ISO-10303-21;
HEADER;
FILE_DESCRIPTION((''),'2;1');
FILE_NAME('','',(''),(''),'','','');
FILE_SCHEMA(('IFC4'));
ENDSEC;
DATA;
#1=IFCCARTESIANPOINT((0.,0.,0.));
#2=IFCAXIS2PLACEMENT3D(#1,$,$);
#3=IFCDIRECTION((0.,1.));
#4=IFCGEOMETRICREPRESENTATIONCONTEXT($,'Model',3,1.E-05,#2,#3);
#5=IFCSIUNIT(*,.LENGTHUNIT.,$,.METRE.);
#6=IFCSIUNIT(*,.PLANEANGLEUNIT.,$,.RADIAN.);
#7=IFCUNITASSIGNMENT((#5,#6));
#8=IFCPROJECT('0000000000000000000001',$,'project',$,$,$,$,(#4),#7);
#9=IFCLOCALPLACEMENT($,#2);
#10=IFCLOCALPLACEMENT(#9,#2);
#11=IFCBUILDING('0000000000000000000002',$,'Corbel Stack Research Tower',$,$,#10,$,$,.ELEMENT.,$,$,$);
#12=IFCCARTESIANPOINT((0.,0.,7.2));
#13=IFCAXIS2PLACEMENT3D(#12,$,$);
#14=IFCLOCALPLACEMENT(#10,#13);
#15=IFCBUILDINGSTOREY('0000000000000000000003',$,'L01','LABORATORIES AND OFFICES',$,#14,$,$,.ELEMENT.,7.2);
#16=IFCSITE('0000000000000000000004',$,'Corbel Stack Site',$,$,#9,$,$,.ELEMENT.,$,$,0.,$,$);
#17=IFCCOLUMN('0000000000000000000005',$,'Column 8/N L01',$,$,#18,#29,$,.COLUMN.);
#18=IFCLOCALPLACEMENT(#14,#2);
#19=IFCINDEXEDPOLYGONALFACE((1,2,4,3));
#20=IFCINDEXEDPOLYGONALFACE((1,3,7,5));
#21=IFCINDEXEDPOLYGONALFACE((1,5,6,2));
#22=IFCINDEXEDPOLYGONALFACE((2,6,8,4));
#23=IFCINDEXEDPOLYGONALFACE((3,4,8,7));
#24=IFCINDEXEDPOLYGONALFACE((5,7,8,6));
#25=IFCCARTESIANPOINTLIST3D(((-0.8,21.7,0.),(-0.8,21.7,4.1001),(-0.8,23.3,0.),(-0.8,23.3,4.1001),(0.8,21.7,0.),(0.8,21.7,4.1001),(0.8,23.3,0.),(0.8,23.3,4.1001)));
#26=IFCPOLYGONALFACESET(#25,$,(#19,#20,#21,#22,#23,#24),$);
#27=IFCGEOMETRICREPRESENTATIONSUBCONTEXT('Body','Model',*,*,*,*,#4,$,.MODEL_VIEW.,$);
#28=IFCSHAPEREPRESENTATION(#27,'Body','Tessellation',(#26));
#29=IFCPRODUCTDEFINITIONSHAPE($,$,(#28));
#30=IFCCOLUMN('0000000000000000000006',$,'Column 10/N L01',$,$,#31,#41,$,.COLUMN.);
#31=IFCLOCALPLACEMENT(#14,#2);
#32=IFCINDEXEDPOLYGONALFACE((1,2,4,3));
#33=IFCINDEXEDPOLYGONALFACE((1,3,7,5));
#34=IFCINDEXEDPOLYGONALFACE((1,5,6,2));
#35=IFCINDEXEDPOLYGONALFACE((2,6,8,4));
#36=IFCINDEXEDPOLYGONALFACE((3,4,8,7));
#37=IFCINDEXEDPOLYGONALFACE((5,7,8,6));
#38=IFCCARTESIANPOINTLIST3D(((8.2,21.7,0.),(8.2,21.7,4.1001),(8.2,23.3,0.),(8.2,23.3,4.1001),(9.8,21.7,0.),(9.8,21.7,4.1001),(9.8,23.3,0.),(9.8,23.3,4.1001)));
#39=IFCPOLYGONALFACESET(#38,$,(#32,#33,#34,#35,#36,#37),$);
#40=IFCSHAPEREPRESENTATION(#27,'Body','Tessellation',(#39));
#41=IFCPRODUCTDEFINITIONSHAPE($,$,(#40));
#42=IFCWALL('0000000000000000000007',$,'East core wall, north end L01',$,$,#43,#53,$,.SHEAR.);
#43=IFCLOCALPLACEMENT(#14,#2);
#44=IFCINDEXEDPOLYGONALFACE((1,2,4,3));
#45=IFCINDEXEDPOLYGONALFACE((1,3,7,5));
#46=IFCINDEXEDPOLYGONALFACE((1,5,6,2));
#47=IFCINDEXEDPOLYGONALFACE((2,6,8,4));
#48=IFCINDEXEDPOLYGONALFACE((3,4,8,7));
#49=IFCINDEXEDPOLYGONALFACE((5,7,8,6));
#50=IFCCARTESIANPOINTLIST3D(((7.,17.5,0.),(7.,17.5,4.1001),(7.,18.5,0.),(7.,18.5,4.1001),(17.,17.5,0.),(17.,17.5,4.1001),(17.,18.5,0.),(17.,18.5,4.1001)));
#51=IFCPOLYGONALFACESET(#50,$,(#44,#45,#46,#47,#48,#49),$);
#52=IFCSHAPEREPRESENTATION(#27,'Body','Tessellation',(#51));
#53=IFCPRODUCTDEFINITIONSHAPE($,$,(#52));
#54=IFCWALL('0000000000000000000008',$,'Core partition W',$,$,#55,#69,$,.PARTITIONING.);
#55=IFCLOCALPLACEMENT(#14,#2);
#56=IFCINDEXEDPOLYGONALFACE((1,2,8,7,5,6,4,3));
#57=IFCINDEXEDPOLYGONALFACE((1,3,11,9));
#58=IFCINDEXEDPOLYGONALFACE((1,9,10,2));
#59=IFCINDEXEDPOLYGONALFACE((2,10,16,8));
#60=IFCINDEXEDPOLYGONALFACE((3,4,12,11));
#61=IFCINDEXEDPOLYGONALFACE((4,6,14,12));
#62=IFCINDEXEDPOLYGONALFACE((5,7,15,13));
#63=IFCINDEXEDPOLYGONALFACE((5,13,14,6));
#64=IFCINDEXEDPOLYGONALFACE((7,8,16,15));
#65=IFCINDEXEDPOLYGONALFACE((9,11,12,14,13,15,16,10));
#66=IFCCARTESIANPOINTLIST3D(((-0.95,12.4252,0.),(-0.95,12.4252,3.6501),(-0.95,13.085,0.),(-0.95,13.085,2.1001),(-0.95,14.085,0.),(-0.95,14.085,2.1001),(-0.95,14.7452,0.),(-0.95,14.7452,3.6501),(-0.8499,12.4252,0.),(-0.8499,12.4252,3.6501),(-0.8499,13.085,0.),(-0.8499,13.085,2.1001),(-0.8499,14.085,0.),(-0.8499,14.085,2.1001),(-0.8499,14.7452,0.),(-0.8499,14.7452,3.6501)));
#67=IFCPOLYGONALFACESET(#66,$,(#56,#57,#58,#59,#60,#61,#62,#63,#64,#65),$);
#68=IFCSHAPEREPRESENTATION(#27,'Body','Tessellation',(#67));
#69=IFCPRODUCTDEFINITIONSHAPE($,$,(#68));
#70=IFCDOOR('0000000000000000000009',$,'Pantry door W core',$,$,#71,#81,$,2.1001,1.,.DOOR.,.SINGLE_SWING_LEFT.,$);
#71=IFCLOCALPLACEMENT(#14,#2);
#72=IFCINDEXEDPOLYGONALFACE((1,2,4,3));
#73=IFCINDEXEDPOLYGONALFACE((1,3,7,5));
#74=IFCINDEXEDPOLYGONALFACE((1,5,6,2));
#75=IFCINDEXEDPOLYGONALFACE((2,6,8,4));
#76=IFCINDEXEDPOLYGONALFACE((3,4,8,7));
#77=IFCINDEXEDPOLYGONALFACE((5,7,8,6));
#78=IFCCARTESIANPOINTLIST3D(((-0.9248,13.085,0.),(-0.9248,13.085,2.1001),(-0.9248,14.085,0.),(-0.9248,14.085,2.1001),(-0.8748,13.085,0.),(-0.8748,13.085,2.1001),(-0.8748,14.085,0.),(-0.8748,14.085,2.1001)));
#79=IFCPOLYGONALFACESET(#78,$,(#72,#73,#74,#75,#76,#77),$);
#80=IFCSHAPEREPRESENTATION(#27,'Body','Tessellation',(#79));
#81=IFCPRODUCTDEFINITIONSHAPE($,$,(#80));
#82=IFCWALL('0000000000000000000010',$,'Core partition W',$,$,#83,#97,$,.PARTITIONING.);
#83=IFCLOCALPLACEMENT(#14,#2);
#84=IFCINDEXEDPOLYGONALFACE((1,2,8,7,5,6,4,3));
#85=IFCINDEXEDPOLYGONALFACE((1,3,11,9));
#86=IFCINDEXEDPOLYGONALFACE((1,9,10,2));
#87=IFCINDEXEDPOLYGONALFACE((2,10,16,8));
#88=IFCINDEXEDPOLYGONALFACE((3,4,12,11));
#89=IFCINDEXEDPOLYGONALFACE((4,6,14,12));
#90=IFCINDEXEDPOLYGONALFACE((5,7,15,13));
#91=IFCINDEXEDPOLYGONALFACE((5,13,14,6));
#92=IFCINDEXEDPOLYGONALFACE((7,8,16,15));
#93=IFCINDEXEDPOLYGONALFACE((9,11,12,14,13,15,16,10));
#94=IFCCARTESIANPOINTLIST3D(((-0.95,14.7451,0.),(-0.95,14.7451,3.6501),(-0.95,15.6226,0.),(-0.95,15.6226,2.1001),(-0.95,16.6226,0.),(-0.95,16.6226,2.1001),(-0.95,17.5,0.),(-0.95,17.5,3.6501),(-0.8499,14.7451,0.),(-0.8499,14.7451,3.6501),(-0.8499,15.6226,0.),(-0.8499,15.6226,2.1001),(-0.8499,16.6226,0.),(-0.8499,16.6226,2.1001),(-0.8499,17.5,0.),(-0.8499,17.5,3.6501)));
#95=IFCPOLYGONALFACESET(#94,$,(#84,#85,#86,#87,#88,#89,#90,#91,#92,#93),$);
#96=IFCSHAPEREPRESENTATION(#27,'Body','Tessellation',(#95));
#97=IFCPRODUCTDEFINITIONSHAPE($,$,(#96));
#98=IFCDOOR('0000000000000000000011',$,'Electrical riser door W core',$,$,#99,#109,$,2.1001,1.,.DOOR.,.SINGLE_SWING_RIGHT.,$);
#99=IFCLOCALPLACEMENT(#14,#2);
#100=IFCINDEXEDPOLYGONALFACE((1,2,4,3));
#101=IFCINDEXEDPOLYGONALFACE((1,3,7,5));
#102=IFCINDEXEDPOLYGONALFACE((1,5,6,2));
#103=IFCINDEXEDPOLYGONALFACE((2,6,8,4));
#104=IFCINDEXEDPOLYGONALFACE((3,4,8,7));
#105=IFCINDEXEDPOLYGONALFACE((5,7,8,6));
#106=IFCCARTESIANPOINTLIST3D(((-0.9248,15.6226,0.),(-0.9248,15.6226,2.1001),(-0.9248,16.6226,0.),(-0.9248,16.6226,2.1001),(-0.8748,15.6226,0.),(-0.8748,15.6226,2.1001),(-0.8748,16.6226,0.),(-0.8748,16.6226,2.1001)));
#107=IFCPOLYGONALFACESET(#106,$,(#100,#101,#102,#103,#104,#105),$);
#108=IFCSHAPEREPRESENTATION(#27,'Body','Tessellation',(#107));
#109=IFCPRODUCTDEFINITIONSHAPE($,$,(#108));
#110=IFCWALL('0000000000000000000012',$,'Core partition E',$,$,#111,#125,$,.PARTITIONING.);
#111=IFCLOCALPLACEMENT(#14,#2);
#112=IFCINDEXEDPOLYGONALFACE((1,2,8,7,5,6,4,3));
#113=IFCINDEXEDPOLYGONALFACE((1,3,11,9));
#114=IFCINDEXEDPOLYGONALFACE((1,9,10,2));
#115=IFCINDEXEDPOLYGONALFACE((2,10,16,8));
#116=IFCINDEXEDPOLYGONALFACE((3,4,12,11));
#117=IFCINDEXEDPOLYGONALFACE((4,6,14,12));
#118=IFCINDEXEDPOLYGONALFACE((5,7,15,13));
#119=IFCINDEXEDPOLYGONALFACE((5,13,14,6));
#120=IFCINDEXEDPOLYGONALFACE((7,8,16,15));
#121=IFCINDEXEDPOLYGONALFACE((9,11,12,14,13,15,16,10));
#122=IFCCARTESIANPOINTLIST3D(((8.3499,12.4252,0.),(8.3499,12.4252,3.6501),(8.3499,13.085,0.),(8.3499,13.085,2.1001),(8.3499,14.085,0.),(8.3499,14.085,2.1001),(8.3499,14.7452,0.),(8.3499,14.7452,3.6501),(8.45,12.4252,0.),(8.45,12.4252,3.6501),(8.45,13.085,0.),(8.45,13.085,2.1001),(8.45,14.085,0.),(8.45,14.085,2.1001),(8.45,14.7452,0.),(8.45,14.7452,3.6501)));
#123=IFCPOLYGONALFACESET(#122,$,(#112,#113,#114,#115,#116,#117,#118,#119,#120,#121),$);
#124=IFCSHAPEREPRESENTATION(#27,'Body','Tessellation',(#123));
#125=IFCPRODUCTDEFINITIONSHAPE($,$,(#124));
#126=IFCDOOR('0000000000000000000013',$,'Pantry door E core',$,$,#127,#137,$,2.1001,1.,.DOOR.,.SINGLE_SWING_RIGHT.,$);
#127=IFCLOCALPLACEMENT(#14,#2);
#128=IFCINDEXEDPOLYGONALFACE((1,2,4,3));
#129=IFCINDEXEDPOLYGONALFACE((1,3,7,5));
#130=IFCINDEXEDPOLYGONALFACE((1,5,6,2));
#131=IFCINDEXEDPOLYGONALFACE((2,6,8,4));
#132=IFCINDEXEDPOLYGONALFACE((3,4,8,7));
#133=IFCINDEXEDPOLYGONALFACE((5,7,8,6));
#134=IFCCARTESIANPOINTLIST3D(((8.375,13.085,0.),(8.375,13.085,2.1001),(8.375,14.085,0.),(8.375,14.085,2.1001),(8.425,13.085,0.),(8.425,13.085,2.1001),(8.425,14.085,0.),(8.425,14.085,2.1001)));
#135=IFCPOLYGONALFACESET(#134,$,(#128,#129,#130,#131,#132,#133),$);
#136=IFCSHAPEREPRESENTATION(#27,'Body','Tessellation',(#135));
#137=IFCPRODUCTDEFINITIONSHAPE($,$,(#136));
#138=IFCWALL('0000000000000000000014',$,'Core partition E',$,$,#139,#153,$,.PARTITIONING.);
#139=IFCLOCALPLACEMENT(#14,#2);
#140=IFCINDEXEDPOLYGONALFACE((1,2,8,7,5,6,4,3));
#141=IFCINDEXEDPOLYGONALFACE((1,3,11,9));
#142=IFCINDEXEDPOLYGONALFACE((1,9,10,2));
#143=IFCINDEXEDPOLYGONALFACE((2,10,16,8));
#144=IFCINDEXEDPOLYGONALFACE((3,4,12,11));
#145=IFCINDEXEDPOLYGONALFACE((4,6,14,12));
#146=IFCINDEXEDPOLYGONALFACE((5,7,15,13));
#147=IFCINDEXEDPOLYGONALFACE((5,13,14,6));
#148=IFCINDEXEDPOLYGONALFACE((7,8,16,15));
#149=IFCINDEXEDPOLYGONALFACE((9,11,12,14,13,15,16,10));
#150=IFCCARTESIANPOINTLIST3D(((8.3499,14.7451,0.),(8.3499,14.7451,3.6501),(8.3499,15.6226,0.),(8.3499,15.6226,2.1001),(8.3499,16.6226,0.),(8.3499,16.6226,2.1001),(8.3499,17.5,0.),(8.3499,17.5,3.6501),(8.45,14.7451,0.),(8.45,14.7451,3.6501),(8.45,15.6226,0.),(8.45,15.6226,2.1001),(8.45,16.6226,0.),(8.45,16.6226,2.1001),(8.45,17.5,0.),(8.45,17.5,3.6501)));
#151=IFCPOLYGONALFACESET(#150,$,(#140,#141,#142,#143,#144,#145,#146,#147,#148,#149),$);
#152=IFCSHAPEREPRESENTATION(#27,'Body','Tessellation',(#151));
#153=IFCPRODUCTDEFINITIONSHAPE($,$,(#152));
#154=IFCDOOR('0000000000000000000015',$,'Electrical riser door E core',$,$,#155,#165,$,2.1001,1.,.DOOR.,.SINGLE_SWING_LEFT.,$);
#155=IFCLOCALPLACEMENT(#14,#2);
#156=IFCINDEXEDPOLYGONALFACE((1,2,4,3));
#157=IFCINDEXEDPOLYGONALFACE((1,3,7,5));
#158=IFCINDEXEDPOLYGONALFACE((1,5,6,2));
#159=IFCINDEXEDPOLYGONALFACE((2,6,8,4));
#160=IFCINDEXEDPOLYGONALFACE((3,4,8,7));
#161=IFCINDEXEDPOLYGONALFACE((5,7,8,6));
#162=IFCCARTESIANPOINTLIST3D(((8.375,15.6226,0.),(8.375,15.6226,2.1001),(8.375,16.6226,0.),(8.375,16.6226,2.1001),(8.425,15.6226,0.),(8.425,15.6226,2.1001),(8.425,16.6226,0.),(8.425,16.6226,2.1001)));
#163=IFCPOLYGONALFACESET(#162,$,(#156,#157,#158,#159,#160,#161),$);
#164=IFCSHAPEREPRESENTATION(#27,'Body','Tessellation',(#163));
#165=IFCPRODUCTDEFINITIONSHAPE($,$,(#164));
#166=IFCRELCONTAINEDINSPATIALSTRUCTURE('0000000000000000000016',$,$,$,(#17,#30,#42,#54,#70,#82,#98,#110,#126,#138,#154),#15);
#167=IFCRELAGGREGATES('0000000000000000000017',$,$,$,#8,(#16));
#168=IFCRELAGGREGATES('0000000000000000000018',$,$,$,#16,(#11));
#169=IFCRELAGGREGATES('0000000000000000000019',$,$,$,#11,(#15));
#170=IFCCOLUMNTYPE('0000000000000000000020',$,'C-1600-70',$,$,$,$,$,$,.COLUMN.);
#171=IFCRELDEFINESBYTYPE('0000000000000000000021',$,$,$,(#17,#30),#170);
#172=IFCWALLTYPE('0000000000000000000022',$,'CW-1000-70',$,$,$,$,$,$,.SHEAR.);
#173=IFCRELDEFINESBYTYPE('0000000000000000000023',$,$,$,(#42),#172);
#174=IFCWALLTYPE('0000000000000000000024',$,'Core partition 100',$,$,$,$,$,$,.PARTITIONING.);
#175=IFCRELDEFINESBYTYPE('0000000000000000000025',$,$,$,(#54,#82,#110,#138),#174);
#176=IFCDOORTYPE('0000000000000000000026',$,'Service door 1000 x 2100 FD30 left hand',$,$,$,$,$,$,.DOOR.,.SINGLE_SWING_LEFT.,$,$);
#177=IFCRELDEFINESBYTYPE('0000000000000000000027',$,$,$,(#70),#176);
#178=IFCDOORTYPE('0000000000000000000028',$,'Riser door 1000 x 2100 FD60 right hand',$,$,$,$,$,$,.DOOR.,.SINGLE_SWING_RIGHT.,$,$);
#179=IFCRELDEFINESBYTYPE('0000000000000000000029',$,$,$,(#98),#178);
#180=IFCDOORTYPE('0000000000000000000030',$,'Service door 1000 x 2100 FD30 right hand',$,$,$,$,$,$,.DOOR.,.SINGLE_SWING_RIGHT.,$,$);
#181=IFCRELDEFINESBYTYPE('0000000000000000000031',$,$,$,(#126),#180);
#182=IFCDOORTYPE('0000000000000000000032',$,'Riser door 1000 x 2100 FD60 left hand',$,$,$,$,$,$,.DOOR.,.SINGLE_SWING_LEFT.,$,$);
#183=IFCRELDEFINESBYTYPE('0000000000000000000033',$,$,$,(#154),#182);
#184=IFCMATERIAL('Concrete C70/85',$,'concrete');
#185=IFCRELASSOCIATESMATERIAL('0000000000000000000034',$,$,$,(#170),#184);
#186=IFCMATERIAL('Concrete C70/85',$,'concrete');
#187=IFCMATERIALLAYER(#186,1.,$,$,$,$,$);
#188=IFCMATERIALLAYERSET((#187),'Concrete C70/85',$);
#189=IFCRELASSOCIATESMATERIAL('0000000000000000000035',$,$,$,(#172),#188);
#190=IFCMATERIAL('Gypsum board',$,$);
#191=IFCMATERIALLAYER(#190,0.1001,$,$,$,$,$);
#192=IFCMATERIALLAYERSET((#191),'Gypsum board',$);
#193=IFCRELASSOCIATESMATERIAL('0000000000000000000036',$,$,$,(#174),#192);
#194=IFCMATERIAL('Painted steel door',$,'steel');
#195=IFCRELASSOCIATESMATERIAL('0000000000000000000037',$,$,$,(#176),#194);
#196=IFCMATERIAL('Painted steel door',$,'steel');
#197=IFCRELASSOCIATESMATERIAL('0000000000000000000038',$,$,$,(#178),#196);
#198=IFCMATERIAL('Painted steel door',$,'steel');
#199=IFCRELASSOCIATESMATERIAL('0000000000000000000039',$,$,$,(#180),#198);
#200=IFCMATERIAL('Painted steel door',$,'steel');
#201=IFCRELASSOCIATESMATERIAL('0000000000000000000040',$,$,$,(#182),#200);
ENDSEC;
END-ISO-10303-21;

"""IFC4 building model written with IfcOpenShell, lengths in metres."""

from ifc_helpers import new_model, si_unit, direction, frame, frame_2d, origin, origin_2d, place, context, subcontext, project, spatial, rectangle, extrude, material, layer, layer_set, material_profile, profile_set, type_object, element, fill, save


model = new_model("IFC4")

# Units and contexts
model_context = context("Model", 3, precision=1e-05, world=origin(), true_north=direction((0.0, 1.0)))
body_context = subcontext(model_context, "Body", "Model", "MODEL_VIEW")
ifc_project = project(units=[si_unit("LENGTHUNIT", "METRE"), si_unit("PLANEANGLEUNIT", "RADIAN")], contexts=[model_context])

# Site, building, storey
site_placement = place(None, origin())
site = spatial("IfcSite", under=ifc_project, at=site_placement, Name="Corbel Stack Site", CompositionType="ELEMENT", RefElevation=0.0)
building_placement = place(site_placement, origin())
building = spatial("IfcBuilding", under=site, at=building_placement, Name="Corbel Stack Research Tower", CompositionType="ELEMENT")
storey_placement = place(building_placement, frame((0.0, 0.0, 7.2)))
storey = spatial("IfcBuildingStorey", under=building, at=storey_placement, Name="L01", Description="LABORATORIES AND OFFICES", CompositionType="ELEMENT", Elevation=7.2)

# Columns
ifc_material_1 = material(Name="Concrete C70/85", Category="concrete")
ifc_material_profile = material_profile(ifc_material_1, rectangle(XDim=1.6001, YDim=1.6001, at=origin_2d()), Name="RC 1600 x 1600")
ifc_profile_set = profile_set([ifc_material_profile], Name="Concrete C70/85")
column_type = type_object("IfcColumnType", Name="C-1600-70", PredefinedType="COLUMN", material=ifc_profile_set)
for number, where, z_axis, x_axis, name in (
    (1, (0.0, 22.5, 0.0), (0.0, 0.0, 1.0), (1.0, 0.0, 0.0), "Column 8/N L01"),
    (2, (9.0, 22.5, 0.0), (0.0, 0.0, 1.0), (1.0, 0.0, 0.0), "Column 10/N L01"),
):
    element("IfcColumn", number, at=place(storey_placement, frame(where, z_axis=z_axis, x_axis=x_axis)), inside=storey, type_object=column_type, Name=name, PredefinedType="COLUMN", context=body_context, shape_type="SweptSolid", body=[
        extrude(rectangle(XDim=1.6001, YDim=1.6001, at=origin_2d()), origin(), (0.0, 0.0, 1.0), 4.1001),
    ])

# Wall
ifc_material_2 = material(Name="Concrete C70/85", Category="concrete")
ifc_layer_1 = layer(ifc_material_2, 1.0)
ifc_layer_set_1 = layer_set([ifc_layer_1], Name="Concrete C70/85")
wall_type_1 = type_object("IfcWallType", Name="CW-1000-70", PredefinedType="SHEAR", material=ifc_layer_set_1)
wall_1_placement = place(storey_placement, frame((7.0, 18.0, 0.0), z_axis=(0.0, 0.0, 1.0), x_axis=(1.0, 0.0, 0.0)))
element("IfcWall", 3, at=wall_1_placement, inside=storey, type_object=wall_type_1, Name="East core wall, north end L01", PredefinedType="SHEAR", context=body_context, shape_type="SweptSolid", body=[
    extrude(rectangle(XDim=10.0, YDim=1.0, at=frame_2d((5.0, 0.0))), origin(), (0.0, 0.0, 1.0), 4.1001),
])

# Walls, openings, doors
ifc_material_3 = material(Name="Gypsum board")
ifc_layer_2 = layer(ifc_material_3, 0.1001)
ifc_layer_set_2 = layer_set([ifc_layer_2], Name="Gypsum board")
wall_type_2 = type_object("IfcWallType", Name="Core partition 100", PredefinedType="PARTITIONING", material=ifc_layer_set_2)
wall_2_placement = place(storey_placement, frame((-0.8999, 12.425, 0.0), z_axis=(0.0, 0.0, 1.0), x_axis=(0.0, 1.0, 0.0)))
wall_2 = element("IfcWall", 4, at=wall_2_placement, inside=storey, type_object=wall_type_2, Name="Core partition W", PredefinedType="PARTITIONING", context=body_context, shape_type="SweptSolid", body=[
    extrude(rectangle(XDim=2.3201, YDim=0.1001, at=frame_2d((1.1602, 0.0))), origin(), (0.0, 0.0, 1.0), 3.6501),
])
opening_1_placement = place(wall_2_placement, frame((0.6599, 0.0, 0.0)))
opening_1 = element("IfcOpeningElement", 5, at=opening_1_placement, cuts=wall_2, PredefinedType="OPENING", context=body_context, shape_type="SweptSolid", body=[
    extrude(rectangle(XDim=1.0, YDim=2.1001, at=frame_2d((0.5, 1.05))), frame((0.0, 0.0601, 0.0), z_axis=(0.0, -1.0, 0.0), x_axis=(1.0, 0.0, 0.0)), (0.0, 0.0, 1.0), 0.1201),
])
ifc_material_4 = material(Name="Painted steel door", Category="steel")
door_type_1 = type_object("IfcDoorType", Name="Service door 1000 x 2100 FD30 left hand", OperationType="SINGLE_SWING_LEFT", PredefinedType="DOOR", material=ifc_material_4)
door_1_placement = place(opening_1_placement, origin())
door_1 = element("IfcDoor", 6, at=door_1_placement, inside=storey, type_object=door_type_1, Name="Pantry door W core", OperationType="SINGLE_SWING_LEFT", OverallHeight=2.1001, OverallWidth=1.0, PredefinedType="DOOR", context=body_context, shape_type="SweptSolid", body=[
    extrude(rectangle(XDim=1.0, YDim=2.1001, at=frame_2d((0.5, 1.05))), frame((0.0, 0.0249, 0.0), z_axis=(0.0, -1.0, 0.0), x_axis=(1.0, 0.0, 0.0)), (0.0, 0.0, 1.0), 0.05),
])
fill(opening_1, door_1)
wall_3_placement = place(storey_placement, frame((-0.8999, 14.7451, 0.0), z_axis=(0.0, 0.0, 1.0), x_axis=(0.0, 1.0, 0.0)))
wall_3 = element("IfcWall", 7, at=wall_3_placement, inside=storey, type_object=wall_type_2, Name="Core partition W", PredefinedType="PARTITIONING", context=body_context, shape_type="SweptSolid", body=[
    extrude(rectangle(XDim=2.7549, YDim=0.1001, at=frame_2d((1.3774, 0.0))), origin(), (0.0, 0.0, 1.0), 3.6501),
])
opening_2_placement = place(wall_3_placement, frame((0.8774, 0.0, 0.0)))
opening_2 = element("IfcOpeningElement", 8, at=opening_2_placement, cuts=wall_3, PredefinedType="OPENING", context=body_context, shape_type="SweptSolid", body=[
    extrude(rectangle(XDim=1.0, YDim=2.1001, at=frame_2d((0.5, 1.05))), frame((0.0, 0.0601, 0.0), z_axis=(0.0, -1.0, 0.0), x_axis=(1.0, 0.0, 0.0)), (0.0, 0.0, 1.0), 0.1201),
])
ifc_material_5 = material(Name="Painted steel door", Category="steel")
door_type_2 = type_object("IfcDoorType", Name="Riser door 1000 x 2100 FD60 right hand", OperationType="SINGLE_SWING_RIGHT", PredefinedType="DOOR", material=ifc_material_5)
door_2_placement = place(opening_2_placement, origin())
door_2 = element("IfcDoor", 9, at=door_2_placement, inside=storey, type_object=door_type_2, Name="Electrical riser door W core", OperationType="SINGLE_SWING_RIGHT", OverallHeight=2.1001, OverallWidth=1.0, PredefinedType="DOOR", context=body_context, shape_type="SweptSolid", body=[
    extrude(rectangle(XDim=1.0, YDim=2.1001, at=frame_2d((0.5, 1.05))), frame((0.0, 0.0249, 0.0), z_axis=(0.0, -1.0, 0.0), x_axis=(1.0, 0.0, 0.0)), (0.0, 0.0, 1.0), 0.05),
])
fill(opening_2, door_2)
wall_4_placement = place(storey_placement, frame((8.3999, 12.425, 0.0), z_axis=(0.0, 0.0, 1.0), x_axis=(0.0, 1.0, 0.0)))
wall_4 = element("IfcWall", 10, at=wall_4_placement, inside=storey, type_object=wall_type_2, Name="Core partition E", PredefinedType="PARTITIONING", context=body_context, shape_type="SweptSolid", body=[
    extrude(rectangle(XDim=2.3201, YDim=0.1001, at=frame_2d((1.1602, 0.0))), origin(), (0.0, 0.0, 1.0), 3.6501),
])
opening_3_placement = place(wall_4_placement, frame((0.6599, 0.0, 0.0)))
opening_3 = element("IfcOpeningElement", 11, at=opening_3_placement, cuts=wall_4, PredefinedType="OPENING", context=body_context, shape_type="SweptSolid", body=[
    extrude(rectangle(XDim=1.0, YDim=2.1001, at=frame_2d((0.5, 1.05))), frame((0.0, 0.0601, 0.0), z_axis=(0.0, -1.0, 0.0), x_axis=(1.0, 0.0, 0.0)), (0.0, 0.0, 1.0), 0.1201),
])
ifc_material_6 = material(Name="Painted steel door", Category="steel")
door_type_3 = type_object("IfcDoorType", Name="Service door 1000 x 2100 FD30 right hand", OperationType="SINGLE_SWING_RIGHT", PredefinedType="DOOR", material=ifc_material_6)
door_3_placement = place(opening_3_placement, origin())
door_3 = element("IfcDoor", 12, at=door_3_placement, inside=storey, type_object=door_type_3, Name="Pantry door E core", OperationType="SINGLE_SWING_RIGHT", OverallHeight=2.1001, OverallWidth=1.0, PredefinedType="DOOR", context=body_context, shape_type="SweptSolid", body=[
    extrude(rectangle(XDim=1.0, YDim=2.1001, at=frame_2d((0.5, 1.05))), frame((0.0, 0.0249, 0.0), z_axis=(0.0, -1.0, 0.0), x_axis=(1.0, 0.0, 0.0)), (0.0, 0.0, 1.0), 0.05),
])
fill(opening_3, door_3)
wall_5_placement = place(storey_placement, frame((8.3999, 14.7451, 0.0), z_axis=(0.0, 0.0, 1.0), x_axis=(0.0, 1.0, 0.0)))
wall_5 = element("IfcWall", 13, at=wall_5_placement, inside=storey, type_object=wall_type_2, Name="Core partition E", PredefinedType="PARTITIONING", context=body_context, shape_type="SweptSolid", body=[
    extrude(rectangle(XDim=2.7549, YDim=0.1001, at=frame_2d((1.3774, 0.0))), origin(), (0.0, 0.0, 1.0), 3.6501),
])
opening_4_placement = place(wall_5_placement, frame((0.8774, 0.0, 0.0)))
opening_4 = element("IfcOpeningElement", 14, at=opening_4_placement, cuts=wall_5, PredefinedType="OPENING", context=body_context, shape_type="SweptSolid", body=[
    extrude(rectangle(XDim=1.0, YDim=2.1001, at=frame_2d((0.5, 1.05))), frame((0.0, 0.0601, 0.0), z_axis=(0.0, -1.0, 0.0), x_axis=(1.0, 0.0, 0.0)), (0.0, 0.0, 1.0), 0.1201),
])
ifc_material_7 = material(Name="Painted steel door", Category="steel")
door_type_4 = type_object("IfcDoorType", Name="Riser door 1000 x 2100 FD60 left hand", OperationType="SINGLE_SWING_LEFT", PredefinedType="DOOR", material=ifc_material_7)
door_4_placement = place(opening_4_placement, origin())
door_4 = element("IfcDoor", 15, at=door_4_placement, inside=storey, type_object=door_type_4, Name="Electrical riser door E core", OperationType="SINGLE_SWING_LEFT", OverallHeight=2.1001, OverallWidth=1.0, PredefinedType="DOOR", context=body_context, shape_type="SweptSolid", body=[
    extrude(rectangle(XDim=1.0, YDim=2.1001, at=frame_2d((0.5, 1.05))), frame((0.0, 0.0249, 0.0), z_axis=(0.0, -1.0, 0.0), x_axis=(1.0, 0.0, 0.0)), (0.0, 0.0, 1.0), 0.05),
])
fill(opening_4, door_4)

save(model, "model.ifc")
